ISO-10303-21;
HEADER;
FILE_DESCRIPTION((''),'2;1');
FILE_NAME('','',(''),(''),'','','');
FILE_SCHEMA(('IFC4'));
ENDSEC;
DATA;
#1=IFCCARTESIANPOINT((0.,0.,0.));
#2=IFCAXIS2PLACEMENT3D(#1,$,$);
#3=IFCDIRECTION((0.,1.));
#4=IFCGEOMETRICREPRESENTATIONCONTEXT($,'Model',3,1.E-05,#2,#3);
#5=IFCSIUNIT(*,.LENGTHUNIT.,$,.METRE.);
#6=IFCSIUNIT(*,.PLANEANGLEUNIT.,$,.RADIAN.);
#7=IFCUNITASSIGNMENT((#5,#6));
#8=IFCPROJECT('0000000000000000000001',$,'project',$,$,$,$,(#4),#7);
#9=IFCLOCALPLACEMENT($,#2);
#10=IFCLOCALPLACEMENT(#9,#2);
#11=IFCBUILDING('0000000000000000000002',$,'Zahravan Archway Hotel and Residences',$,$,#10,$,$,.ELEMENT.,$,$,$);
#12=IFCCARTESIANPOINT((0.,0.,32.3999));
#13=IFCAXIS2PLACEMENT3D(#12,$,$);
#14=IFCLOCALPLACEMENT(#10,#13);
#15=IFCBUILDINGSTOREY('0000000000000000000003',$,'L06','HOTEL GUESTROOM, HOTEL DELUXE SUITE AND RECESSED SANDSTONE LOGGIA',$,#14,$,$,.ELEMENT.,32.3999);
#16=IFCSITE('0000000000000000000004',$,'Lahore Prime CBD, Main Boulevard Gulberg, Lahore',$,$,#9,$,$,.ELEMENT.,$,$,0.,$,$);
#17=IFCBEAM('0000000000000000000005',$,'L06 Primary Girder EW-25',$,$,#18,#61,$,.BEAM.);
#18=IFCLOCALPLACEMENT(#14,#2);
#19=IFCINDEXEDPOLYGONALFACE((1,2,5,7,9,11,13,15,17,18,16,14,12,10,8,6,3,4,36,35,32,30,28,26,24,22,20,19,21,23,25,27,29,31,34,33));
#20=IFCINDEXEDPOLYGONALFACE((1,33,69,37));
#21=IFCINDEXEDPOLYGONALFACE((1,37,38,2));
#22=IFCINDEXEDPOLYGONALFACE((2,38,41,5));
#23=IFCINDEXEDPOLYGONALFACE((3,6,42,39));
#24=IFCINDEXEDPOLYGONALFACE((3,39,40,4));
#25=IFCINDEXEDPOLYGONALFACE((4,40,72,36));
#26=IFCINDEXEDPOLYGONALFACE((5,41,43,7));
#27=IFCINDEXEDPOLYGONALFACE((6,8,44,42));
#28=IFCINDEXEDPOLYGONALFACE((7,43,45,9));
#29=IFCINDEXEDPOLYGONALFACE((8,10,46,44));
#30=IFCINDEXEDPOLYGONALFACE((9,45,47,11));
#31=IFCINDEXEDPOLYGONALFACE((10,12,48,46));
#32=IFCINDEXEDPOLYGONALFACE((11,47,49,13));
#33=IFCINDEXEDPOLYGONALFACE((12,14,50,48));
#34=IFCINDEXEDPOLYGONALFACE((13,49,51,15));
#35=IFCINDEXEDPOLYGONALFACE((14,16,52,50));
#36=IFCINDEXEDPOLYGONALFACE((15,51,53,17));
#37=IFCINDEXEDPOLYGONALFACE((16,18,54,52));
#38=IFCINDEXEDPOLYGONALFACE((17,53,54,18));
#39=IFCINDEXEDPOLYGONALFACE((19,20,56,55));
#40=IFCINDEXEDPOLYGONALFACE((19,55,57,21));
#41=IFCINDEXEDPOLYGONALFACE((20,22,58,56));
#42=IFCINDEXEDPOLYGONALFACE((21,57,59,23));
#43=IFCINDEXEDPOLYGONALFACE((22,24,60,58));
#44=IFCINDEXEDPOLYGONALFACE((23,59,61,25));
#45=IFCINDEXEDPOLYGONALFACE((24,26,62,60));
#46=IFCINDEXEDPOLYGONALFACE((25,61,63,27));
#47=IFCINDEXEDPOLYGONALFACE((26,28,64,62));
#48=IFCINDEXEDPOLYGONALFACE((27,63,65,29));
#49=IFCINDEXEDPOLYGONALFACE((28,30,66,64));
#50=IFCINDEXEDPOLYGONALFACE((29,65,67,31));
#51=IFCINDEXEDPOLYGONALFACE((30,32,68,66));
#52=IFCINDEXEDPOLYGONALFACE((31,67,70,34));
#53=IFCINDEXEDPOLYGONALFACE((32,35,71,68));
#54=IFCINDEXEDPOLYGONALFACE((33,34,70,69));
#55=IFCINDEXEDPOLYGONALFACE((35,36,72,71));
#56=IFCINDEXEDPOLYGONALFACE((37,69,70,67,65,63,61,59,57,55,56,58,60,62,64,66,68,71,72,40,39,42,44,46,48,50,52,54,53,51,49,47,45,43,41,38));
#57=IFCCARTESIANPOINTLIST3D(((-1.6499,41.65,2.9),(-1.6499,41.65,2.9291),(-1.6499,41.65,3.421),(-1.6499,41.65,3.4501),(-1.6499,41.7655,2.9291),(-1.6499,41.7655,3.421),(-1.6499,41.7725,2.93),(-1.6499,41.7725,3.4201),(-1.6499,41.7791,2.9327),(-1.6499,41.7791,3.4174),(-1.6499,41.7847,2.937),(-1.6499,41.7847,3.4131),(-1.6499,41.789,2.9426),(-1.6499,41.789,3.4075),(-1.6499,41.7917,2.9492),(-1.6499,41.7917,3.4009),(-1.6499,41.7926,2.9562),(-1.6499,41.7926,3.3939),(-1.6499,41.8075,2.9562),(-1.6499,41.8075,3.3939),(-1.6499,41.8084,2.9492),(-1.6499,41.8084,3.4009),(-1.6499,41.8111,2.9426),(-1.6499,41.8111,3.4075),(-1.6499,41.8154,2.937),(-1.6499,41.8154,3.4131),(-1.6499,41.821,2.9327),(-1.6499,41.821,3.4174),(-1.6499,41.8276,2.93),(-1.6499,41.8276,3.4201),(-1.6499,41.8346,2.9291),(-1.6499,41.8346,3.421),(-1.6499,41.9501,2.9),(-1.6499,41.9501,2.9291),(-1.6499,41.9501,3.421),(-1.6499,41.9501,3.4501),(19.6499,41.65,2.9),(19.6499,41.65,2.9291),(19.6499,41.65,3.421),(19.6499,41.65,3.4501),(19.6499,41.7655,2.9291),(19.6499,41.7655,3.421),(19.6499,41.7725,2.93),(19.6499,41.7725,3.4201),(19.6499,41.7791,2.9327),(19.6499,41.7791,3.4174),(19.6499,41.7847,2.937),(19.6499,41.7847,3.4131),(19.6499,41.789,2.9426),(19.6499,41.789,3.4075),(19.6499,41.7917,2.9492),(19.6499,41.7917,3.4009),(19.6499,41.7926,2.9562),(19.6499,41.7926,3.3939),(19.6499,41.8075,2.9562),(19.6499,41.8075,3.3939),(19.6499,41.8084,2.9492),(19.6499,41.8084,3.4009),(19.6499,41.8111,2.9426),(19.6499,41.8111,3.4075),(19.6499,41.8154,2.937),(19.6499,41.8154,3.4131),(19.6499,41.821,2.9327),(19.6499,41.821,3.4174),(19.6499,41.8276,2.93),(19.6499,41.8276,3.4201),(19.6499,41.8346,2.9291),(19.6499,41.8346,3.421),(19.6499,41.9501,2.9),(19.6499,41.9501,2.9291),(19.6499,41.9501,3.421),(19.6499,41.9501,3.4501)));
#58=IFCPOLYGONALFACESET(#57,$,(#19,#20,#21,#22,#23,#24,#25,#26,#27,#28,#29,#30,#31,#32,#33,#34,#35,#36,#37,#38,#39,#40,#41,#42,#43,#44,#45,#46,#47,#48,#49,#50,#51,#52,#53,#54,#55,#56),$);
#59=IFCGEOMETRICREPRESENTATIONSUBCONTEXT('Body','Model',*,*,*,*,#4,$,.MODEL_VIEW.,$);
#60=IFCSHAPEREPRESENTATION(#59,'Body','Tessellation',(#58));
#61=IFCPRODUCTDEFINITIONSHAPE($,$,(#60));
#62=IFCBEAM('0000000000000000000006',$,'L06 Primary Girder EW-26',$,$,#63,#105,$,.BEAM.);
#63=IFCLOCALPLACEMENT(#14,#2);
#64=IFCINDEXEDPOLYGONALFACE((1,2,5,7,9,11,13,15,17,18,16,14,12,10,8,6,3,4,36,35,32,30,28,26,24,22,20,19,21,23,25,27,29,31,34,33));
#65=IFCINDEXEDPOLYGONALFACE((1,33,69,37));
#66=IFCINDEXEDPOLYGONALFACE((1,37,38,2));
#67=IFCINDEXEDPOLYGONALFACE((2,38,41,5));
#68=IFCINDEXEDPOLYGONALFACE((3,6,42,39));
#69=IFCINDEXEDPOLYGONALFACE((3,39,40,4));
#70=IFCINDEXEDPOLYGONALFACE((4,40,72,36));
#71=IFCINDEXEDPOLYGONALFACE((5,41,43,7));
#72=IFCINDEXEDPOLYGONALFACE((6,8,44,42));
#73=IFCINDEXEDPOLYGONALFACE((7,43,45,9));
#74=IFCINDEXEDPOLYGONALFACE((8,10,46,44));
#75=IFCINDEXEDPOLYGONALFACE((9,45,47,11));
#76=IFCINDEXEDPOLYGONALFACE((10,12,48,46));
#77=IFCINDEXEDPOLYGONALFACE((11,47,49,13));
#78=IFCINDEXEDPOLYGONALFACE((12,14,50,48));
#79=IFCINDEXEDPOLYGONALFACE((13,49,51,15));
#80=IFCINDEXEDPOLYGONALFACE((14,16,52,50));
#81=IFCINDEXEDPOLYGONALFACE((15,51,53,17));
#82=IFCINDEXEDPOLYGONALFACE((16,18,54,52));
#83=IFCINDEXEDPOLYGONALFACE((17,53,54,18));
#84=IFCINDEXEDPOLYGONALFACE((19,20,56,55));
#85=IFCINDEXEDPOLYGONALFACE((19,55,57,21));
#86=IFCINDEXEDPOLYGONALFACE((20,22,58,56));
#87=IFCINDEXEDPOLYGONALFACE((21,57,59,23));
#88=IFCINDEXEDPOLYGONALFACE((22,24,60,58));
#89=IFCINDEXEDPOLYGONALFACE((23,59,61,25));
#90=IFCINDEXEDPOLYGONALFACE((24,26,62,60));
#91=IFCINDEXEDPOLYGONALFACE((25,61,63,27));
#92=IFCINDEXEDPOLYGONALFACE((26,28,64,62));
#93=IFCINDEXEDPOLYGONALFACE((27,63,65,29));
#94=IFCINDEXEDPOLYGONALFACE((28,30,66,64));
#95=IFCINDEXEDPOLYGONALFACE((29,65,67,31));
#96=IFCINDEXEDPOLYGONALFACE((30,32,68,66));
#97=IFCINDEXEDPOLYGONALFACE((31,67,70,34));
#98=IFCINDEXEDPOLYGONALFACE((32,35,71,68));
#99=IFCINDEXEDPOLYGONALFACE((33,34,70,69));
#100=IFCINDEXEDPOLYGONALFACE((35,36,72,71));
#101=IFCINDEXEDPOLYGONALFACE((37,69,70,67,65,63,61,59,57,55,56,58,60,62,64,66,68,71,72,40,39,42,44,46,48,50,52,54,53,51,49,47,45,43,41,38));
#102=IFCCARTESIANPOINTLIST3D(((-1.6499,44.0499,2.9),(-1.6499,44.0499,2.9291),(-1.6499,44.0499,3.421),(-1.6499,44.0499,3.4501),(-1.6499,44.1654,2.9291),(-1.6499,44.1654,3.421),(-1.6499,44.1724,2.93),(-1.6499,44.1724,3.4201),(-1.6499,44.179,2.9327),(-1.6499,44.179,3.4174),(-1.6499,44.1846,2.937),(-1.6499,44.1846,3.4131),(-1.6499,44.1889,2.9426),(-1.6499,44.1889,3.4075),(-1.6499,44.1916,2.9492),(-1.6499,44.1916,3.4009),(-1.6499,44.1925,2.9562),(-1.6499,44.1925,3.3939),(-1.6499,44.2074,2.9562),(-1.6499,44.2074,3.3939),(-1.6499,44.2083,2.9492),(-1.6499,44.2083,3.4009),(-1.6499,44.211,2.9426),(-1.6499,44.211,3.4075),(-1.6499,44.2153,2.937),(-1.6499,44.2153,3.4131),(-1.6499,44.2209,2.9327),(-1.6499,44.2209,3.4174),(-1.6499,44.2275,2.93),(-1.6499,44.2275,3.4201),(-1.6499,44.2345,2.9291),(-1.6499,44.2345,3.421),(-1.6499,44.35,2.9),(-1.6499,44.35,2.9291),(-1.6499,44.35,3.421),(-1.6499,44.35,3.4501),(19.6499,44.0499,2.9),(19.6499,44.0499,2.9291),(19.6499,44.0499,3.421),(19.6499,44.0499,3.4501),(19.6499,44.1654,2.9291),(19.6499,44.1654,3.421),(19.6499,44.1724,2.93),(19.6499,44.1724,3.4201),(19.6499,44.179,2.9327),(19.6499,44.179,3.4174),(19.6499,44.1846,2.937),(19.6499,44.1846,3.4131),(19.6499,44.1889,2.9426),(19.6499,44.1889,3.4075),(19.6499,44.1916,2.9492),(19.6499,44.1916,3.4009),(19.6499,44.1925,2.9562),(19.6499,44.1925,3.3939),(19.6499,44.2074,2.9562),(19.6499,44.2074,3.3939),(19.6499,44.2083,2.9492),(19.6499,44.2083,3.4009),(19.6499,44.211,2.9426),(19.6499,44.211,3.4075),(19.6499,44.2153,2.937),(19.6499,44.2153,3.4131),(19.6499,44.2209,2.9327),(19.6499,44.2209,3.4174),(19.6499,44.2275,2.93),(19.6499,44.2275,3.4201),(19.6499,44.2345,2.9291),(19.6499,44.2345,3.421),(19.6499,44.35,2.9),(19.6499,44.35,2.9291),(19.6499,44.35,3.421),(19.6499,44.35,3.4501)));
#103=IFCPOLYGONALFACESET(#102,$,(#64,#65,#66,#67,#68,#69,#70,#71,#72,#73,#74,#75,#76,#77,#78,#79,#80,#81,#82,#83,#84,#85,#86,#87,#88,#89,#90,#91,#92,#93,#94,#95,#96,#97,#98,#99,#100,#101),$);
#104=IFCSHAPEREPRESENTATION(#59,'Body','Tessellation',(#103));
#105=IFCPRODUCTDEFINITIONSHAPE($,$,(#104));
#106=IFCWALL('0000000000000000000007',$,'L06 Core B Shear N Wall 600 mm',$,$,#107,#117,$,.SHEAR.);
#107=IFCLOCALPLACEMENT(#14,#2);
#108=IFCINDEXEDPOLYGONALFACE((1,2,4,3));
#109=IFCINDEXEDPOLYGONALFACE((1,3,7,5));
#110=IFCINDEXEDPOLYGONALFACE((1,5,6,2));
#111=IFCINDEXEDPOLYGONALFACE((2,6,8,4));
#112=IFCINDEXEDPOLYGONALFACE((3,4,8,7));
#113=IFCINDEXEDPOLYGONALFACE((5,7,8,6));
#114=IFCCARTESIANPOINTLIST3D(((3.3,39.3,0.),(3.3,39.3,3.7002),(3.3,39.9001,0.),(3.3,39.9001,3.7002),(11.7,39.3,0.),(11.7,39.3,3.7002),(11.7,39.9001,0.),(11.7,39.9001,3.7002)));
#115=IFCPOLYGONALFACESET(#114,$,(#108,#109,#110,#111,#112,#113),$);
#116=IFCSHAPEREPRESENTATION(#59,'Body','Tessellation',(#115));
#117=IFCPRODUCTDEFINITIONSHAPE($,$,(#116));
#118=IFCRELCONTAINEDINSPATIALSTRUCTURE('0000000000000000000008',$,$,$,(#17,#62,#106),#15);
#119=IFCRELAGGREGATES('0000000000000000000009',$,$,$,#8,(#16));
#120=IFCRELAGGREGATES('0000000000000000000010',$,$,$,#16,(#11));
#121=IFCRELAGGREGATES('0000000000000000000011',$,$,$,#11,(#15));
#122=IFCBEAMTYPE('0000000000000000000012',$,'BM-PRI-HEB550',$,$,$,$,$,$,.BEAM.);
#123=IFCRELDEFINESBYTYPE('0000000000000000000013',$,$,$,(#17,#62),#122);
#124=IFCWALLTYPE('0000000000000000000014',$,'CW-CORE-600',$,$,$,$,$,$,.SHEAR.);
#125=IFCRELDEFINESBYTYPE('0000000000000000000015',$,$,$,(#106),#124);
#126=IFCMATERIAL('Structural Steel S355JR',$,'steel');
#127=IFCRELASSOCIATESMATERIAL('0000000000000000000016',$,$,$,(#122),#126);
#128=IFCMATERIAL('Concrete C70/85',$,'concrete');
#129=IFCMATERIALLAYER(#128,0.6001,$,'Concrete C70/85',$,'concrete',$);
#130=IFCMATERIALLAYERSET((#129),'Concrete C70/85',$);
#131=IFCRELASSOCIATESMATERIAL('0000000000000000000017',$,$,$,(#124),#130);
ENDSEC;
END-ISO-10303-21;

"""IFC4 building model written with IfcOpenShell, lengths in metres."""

from ifc_helpers import new_model, si_unit, direction, frame, frame_2d, origin, origin_2d, place, context, subcontext, project, spatial, rectangle, i_section, extrude, source, transform, mapped, material, layer, layer_set, material_profile, profile_set, type_object, element, save


model = new_model("IFC4")

# Units and contexts
model_context = context("Model", 3, precision=1e-05, world=origin(), true_north=direction((0.0, 1.0)))
body_context = subcontext(model_context, "Body", "Model", "MODEL_VIEW")
ifc_project = project(units=[si_unit("LENGTHUNIT", "METRE"), si_unit("PLANEANGLEUNIT", "RADIAN")], contexts=[model_context])

# Site, building, storey
site_placement = place(None, origin())
site = spatial("IfcSite", under=ifc_project, at=site_placement, Name="Lahore Prime CBD, Main Boulevard Gulberg, Lahore", CompositionType="ELEMENT", RefElevation=0.0)
building_placement = place(site_placement, origin())
building = spatial("IfcBuilding", under=site, at=building_placement, Name="Zahravan Archway Hotel and Residences", CompositionType="ELEMENT")
storey_placement = place(building_placement, frame((0.0, 0.0, 32.3999)))
storey = spatial("IfcBuildingStorey", under=building, at=storey_placement, Name="L06", Description="HOTEL GUESTROOM, HOTEL DELUXE SUITE AND RECESSED SANDSTONE LOGGIA", CompositionType="ELEMENT", Elevation=32.3999)

# Shared definitions
ifc_material_1 = material(Name="Concrete C70/85", Category="concrete")

# Beams
ifc_material_2 = material(Name="Structural Steel S355JR", Category="steel")
ifc_material_profile_1 = material_profile(ifc_material_2, i_section(OverallWidth=0.3, OverallDepth=0.55, WebThickness=0.0149, FlangeThickness=0.0291, FilletRadius=0.0271, at=origin_2d()), Name="HEB 550", Category="steel")
ifc_profile_set_1 = profile_set([ifc_material_profile_1], Name="Structural Steel S355JR")
beam_type_1 = type_object("IfcBeamType", Name="BM-PRI-HEB550", PredefinedType="BEAM", material=ifc_profile_set_1)
shared_shape_1 = source(origin(), body_context, "Body", "SweptSolid", [
    extrude(i_section(OverallWidth=0.3, OverallDepth=0.55, WebThickness=0.0149, FlangeThickness=0.0291, FilletRadius=0.0271, at=origin_2d()), origin(), (0.0, 0.0, 1.0), 21.2998),
])
for number, where, z_axis, x_axis, name in (
    (1, (-1.6499, 41.8, 3.175), (1.0, 0.0, 0.0), (0.0, 1.0, 0.0), "L06 Primary Girder EW-25"),
    (2, (-1.6499, 44.2, 3.175), (1.0, 0.0, 0.0), (0.0, 1.0, 0.0), "L06 Primary Girder EW-26"),
):
    element("IfcBeam", number, at=place(storey_placement, frame(where, z_axis=z_axis, x_axis=x_axis)), inside=storey, type_object=beam_type_1, Name=name, PredefinedType="BEAM", context=body_context, shape_type="MappedRepresentation", body=[
        mapped(shared_shape_1, transform((0.0, 0.0, 0.0), scale=1.0)),
    ])

# Wall
ifc_layer_1 = layer(ifc_material_1, 0.6001, Name="Concrete C70/85", Category="concrete")
ifc_layer_set_1 = layer_set([ifc_layer_1], Name="Concrete C70/85")
wall_type_1 = type_object("IfcWallType", Name="CW-CORE-600", PredefinedType="SHEAR", material=ifc_layer_set_1)
wall_1_placement = place(storey_placement, frame((3.3, 39.6001, 0.0), z_axis=(0.0, 0.0, 1.0), x_axis=(1.0, 0.0, 0.0)))
element("IfcWall", 3, at=wall_1_placement, inside=storey, type_object=wall_type_1, Name="L06 Core B Shear N Wall 600 mm", PredefinedType="SHEAR", context=body_context, shape_type="SweptSolid", body=[
    extrude(rectangle(XDim=8.3999, YDim=0.6001, at=frame_2d((4.2, 0.0))), origin(), (0.0, 0.0, 1.0), 3.7002),
])

save(model, "model.ifc")
